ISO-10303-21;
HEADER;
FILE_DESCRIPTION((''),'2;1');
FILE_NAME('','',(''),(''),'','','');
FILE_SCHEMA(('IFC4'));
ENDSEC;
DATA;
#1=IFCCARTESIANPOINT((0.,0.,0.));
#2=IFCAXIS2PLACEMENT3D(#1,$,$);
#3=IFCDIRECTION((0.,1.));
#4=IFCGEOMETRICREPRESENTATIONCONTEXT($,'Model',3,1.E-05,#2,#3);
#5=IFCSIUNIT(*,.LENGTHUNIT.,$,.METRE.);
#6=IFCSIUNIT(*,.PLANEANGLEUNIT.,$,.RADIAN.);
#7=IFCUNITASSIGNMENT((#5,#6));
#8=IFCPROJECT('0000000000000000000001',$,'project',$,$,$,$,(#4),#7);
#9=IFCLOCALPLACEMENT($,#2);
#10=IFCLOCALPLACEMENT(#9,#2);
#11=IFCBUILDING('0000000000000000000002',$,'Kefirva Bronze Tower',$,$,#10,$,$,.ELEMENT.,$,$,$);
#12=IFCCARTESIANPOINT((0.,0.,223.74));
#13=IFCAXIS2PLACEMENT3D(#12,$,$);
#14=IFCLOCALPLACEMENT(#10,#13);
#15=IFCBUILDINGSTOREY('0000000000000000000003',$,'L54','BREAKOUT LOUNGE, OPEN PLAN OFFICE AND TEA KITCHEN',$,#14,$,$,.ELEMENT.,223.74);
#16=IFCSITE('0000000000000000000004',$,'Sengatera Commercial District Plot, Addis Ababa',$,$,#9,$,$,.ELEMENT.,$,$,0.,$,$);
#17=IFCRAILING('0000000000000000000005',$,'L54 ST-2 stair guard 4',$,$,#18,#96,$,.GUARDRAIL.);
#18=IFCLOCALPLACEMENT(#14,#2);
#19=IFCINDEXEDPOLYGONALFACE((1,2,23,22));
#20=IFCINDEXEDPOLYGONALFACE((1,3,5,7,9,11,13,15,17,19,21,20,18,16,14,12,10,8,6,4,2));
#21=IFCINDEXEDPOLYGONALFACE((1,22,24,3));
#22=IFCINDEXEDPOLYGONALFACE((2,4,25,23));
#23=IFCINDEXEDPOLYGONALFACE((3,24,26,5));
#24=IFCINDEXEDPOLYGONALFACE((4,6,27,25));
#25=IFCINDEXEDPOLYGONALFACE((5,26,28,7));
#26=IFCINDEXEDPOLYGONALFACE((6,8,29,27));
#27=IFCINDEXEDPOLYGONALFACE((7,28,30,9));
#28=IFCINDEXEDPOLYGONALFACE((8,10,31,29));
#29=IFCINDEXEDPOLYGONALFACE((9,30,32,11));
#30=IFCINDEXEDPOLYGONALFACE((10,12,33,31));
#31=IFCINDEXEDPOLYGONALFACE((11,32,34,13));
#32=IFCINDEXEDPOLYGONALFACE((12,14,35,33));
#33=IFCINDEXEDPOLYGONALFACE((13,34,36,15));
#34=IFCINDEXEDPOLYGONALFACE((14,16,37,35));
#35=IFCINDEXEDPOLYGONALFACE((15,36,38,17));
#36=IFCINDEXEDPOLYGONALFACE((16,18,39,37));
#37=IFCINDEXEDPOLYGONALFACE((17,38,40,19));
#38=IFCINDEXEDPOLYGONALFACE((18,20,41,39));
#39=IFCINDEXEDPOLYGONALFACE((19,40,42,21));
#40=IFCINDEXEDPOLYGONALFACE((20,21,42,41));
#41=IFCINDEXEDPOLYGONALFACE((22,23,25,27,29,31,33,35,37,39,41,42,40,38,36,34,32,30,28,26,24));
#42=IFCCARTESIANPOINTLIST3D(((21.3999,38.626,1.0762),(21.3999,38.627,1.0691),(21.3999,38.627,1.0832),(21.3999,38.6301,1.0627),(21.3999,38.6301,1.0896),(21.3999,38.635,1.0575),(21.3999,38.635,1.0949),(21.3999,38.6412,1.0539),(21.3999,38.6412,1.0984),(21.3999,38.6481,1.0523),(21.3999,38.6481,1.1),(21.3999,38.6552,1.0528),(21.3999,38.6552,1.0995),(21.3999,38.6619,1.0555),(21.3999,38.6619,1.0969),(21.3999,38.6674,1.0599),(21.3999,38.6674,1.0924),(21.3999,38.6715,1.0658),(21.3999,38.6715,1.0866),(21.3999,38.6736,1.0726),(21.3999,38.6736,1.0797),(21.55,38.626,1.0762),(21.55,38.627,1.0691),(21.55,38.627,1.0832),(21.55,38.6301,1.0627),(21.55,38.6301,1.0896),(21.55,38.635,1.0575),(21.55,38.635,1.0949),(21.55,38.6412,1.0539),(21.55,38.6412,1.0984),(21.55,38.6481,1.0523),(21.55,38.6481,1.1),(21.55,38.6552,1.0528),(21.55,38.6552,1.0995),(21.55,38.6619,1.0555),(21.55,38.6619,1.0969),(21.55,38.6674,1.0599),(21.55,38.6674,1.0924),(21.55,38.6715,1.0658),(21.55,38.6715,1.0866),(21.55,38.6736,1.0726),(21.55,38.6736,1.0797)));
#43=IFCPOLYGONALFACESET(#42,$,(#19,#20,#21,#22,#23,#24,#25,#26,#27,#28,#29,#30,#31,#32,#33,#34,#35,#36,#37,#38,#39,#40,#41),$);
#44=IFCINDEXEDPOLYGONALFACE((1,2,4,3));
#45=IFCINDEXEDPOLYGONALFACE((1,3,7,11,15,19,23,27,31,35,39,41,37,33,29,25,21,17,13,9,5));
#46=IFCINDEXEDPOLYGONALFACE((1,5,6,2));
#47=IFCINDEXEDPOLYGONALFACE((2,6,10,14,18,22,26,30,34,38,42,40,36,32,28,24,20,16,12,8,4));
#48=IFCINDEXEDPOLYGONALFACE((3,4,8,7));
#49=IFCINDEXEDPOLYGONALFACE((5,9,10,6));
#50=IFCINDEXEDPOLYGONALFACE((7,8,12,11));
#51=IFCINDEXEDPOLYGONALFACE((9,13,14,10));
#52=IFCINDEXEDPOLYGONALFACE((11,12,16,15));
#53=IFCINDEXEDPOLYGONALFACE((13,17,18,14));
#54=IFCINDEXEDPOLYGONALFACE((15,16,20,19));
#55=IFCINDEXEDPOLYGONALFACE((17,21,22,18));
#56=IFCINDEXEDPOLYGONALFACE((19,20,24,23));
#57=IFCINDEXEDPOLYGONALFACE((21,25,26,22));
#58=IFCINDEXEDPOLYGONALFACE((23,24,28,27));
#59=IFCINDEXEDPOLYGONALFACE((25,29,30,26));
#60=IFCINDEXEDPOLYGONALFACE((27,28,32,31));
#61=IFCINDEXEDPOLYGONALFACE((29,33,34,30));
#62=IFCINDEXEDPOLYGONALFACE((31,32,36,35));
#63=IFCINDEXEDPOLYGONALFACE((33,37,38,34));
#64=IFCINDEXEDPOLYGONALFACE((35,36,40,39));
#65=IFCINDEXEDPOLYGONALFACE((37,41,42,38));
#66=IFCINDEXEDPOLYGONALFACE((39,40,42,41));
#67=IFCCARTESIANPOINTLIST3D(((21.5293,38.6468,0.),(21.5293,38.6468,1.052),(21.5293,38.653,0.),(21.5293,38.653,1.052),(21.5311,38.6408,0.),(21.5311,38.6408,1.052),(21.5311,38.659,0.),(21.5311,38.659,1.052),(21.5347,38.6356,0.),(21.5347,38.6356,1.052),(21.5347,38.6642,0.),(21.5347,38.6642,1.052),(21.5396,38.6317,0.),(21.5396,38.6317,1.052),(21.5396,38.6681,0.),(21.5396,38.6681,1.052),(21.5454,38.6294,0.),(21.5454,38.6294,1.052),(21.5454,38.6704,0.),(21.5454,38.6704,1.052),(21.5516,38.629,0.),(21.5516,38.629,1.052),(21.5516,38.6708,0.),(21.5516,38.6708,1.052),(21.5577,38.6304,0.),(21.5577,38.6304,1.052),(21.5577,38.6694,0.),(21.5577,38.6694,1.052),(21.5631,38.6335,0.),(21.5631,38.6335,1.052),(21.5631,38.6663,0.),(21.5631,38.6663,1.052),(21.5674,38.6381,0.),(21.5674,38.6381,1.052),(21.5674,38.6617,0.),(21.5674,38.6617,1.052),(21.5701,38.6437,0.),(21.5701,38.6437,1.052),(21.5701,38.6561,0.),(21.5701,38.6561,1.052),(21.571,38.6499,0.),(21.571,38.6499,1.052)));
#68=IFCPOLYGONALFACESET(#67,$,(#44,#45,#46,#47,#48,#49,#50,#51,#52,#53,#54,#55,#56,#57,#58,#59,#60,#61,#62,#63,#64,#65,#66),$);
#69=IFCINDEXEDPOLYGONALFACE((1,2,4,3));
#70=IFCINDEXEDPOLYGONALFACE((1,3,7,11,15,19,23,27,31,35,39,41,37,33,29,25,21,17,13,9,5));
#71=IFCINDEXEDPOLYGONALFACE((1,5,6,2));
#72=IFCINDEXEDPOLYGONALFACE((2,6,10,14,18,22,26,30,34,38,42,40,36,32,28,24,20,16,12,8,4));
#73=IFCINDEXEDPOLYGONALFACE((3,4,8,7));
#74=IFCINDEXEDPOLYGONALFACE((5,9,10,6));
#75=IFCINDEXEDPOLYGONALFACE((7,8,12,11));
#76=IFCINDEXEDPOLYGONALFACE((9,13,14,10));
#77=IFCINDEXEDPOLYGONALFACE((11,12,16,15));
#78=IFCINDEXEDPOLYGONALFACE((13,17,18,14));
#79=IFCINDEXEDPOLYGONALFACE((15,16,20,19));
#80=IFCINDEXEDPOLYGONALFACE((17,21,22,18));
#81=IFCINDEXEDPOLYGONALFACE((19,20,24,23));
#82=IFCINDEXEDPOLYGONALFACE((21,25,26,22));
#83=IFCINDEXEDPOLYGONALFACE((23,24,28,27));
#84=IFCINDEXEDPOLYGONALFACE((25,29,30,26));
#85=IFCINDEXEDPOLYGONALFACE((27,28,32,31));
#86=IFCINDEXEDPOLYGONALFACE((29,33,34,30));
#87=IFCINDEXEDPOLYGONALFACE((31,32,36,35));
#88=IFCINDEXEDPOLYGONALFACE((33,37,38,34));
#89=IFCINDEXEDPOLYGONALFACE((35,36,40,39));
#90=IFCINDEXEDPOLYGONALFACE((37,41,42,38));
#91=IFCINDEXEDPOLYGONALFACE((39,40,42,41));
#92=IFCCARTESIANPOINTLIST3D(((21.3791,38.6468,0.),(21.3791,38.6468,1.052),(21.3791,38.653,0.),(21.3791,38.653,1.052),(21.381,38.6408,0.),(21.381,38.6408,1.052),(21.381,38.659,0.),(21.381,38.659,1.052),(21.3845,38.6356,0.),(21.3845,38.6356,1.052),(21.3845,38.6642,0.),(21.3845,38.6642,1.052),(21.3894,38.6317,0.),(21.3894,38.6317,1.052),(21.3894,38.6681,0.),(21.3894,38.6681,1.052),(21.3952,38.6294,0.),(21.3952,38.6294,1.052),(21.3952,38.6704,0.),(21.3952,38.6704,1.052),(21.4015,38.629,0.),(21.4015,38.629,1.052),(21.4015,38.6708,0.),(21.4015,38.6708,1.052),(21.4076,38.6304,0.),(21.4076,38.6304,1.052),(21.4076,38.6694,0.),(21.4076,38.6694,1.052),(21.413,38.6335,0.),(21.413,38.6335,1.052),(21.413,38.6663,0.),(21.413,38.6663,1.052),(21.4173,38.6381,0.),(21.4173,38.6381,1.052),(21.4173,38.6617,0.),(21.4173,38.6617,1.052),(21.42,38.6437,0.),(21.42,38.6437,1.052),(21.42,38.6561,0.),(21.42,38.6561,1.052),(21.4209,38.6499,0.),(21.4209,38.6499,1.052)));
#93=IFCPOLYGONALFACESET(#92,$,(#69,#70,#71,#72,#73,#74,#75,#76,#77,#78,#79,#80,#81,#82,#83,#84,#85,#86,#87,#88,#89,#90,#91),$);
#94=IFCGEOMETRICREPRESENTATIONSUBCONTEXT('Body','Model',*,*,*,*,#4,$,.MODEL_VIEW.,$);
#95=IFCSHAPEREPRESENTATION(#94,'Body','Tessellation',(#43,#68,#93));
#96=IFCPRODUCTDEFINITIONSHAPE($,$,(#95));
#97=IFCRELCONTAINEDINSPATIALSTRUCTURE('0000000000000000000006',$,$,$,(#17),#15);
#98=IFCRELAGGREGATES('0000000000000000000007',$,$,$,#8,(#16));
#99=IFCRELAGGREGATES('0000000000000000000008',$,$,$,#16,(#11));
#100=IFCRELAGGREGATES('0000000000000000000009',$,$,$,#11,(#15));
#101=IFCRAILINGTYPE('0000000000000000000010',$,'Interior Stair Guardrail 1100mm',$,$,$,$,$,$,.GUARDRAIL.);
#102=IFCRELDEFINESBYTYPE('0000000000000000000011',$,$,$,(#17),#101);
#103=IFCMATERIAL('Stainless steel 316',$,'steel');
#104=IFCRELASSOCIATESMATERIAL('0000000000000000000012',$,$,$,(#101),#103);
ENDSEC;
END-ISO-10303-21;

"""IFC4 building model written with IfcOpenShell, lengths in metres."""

from ifc_helpers import new_model, si_unit, direction, frame, origin, origin_2d, place, context, subcontext, project, spatial, circle, extrude, material, type_object, element, save


model = new_model("IFC4")

# Units and contexts
model_context = context("Model", 3, precision=1e-05, world=origin(), true_north=direction((0.0, 1.0)))
body_context = subcontext(model_context, "Body", "Model", "MODEL_VIEW")
ifc_project = project(units=[si_unit("LENGTHUNIT", "METRE"), si_unit("PLANEANGLEUNIT", "RADIAN")], contexts=[model_context])

# Site, building, storey
site_placement = place(None, origin())
site = spatial("IfcSite", under=ifc_project, at=site_placement, Name="Sengatera Commercial District Plot, Addis Ababa", CompositionType="ELEMENT", RefElevation=0.0)
building_placement = place(site_placement, origin())
building = spatial("IfcBuilding", under=site, at=building_placement, Name="Kefirva Bronze Tower", CompositionType="ELEMENT")
storey_placement = place(building_placement, frame((0.0, 0.0, 223.74)))
storey = spatial("IfcBuildingStorey", under=building, at=storey_placement, Name="L54", Description="BREAKOUT LOUNGE, OPEN PLAN OFFICE AND TEA KITCHEN", CompositionType="ELEMENT", Elevation=223.74)

# Railing
ifc_material_1 = material(Name="Stainless steel 316", Category="steel")
railing_type_1 = type_object("IfcRailingType", Name="Interior Stair Guardrail 1100mm", PredefinedType="GUARDRAIL", material=ifc_material_1)
railing_1_placement = place(storey_placement, frame((21.55, 38.6499, 0.0)))
element("IfcRailing", 1, at=railing_1_placement, inside=storey, type_object=railing_type_1, Name="L54 ST-2 stair guard 4", PredefinedType="GUARDRAIL", context=body_context, shape_type="SweptSolid", body=[
    extrude(circle(Radius=0.0239, at=origin_2d()), frame((0.0, 0.0, 1.0762), z_axis=(-1.0, 0.0, 0.0), x_axis=(0.0, -1.0, 0.0)), (0.0, 0.0, 1.0), 0.1501),
    extrude(circle(Radius=0.021, at=origin_2d()), origin(), (0.0, 0.0, 1.0), 1.052),
    extrude(circle(Radius=0.021, at=origin_2d()), frame((-0.1501, 0.0, 0.0)), (0.0, 0.0, 1.0), 1.052),
])

save(model, "model.ifc")
